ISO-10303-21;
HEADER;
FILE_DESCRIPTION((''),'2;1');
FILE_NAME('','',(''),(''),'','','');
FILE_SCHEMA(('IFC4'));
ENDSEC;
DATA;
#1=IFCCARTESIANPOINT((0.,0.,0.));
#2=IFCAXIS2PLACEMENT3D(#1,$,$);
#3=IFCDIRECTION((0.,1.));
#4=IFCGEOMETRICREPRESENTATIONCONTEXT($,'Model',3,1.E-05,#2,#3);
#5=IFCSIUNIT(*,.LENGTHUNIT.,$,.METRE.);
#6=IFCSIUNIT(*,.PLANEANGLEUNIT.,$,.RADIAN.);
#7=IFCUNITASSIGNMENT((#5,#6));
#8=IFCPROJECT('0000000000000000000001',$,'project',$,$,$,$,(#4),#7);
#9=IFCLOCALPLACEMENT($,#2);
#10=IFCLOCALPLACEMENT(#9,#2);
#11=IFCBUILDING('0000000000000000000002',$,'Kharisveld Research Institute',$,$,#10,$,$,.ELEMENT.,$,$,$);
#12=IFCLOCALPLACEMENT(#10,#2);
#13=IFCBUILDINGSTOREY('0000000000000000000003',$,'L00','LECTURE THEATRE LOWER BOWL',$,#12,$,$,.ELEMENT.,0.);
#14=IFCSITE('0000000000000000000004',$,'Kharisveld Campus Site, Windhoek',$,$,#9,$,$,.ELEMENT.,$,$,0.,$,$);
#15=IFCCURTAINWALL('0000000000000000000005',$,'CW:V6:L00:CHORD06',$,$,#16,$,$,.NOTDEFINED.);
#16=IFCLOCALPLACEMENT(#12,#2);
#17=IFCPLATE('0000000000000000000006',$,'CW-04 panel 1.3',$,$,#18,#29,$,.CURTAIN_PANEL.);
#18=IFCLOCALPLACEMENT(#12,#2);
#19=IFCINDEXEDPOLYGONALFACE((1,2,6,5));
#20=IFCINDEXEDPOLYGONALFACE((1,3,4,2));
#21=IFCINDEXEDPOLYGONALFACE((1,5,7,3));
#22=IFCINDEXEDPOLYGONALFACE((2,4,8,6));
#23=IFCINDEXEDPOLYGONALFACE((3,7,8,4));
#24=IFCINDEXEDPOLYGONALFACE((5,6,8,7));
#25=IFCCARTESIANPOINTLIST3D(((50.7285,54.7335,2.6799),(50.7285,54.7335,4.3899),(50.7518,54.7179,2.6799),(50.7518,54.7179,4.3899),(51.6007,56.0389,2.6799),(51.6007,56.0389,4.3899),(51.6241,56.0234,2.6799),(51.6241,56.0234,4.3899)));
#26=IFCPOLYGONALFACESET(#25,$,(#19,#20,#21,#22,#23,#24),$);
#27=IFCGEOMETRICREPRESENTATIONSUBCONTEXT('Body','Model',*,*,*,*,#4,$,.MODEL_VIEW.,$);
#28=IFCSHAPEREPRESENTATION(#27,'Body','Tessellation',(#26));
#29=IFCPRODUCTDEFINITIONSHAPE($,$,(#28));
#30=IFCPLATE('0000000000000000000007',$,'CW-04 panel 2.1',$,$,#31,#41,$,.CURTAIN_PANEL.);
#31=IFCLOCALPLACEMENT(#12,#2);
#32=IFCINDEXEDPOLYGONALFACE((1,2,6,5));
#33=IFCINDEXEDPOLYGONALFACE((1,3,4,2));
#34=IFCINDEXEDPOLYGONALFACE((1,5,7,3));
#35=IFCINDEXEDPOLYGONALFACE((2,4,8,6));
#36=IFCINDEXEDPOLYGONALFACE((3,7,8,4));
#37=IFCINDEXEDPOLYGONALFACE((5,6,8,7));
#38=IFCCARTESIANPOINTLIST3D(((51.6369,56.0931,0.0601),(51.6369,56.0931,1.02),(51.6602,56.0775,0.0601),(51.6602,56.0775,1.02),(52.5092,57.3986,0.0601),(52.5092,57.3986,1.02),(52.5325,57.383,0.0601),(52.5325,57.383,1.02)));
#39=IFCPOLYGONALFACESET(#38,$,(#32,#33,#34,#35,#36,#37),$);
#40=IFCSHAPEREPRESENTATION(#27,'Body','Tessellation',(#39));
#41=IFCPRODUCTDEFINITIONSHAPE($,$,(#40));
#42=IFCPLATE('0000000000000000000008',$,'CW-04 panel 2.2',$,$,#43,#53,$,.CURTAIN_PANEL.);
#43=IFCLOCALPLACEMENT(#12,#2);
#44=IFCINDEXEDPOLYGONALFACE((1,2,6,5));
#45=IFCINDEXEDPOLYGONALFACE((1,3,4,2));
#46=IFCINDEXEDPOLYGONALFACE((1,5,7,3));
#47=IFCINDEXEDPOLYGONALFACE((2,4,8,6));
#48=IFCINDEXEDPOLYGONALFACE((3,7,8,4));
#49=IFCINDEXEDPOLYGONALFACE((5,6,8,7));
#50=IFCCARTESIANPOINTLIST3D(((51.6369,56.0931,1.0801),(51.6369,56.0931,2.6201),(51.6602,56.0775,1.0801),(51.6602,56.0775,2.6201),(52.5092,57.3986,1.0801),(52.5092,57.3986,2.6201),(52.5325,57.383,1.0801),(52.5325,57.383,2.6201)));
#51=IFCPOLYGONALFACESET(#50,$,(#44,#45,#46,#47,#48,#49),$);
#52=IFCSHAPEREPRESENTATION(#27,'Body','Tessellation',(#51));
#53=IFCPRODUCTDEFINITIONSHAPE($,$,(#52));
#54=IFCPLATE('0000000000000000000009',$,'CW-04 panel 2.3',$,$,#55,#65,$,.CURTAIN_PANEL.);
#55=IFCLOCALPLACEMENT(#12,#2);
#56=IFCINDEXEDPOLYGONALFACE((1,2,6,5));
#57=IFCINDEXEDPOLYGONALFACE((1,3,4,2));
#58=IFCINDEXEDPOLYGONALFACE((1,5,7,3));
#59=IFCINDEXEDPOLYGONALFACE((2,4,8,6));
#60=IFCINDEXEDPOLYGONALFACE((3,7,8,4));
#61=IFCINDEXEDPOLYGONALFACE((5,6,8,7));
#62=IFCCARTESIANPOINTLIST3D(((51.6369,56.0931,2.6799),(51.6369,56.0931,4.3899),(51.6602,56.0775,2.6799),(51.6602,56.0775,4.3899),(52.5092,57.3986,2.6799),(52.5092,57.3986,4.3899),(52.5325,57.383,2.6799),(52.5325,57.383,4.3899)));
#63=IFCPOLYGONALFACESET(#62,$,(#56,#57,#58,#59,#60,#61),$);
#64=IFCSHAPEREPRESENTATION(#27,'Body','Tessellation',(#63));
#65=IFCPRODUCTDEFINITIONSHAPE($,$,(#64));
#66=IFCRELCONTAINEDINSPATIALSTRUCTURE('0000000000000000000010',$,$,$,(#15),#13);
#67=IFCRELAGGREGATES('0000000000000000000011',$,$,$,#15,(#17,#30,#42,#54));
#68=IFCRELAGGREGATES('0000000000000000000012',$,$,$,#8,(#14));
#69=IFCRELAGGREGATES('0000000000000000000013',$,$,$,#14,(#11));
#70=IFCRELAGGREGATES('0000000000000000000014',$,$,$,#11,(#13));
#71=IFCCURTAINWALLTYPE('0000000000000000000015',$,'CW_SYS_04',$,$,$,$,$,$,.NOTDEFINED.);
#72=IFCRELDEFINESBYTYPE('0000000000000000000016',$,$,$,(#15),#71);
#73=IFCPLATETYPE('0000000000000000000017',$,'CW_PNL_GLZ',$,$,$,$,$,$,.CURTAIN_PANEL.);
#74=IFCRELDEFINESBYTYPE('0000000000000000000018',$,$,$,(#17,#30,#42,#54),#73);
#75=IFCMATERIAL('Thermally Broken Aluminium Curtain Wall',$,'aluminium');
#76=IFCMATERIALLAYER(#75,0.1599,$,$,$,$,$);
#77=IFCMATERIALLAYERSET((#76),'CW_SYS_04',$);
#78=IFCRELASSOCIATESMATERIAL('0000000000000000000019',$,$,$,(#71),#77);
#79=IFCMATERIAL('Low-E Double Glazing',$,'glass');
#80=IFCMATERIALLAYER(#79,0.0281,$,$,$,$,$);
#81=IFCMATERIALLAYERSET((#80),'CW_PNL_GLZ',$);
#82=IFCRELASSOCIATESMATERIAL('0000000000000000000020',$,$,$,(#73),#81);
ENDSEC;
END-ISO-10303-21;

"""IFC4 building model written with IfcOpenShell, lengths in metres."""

from ifc_helpers import new_model, si_unit, direction, frame, origin, origin_2d, place, context, subcontext, project, spatial, rectangle, extrude, material, layer, layer_set, type_object, element, aggregate, save


model = new_model("IFC4")

# Units and contexts
model_context = context("Model", 3, precision=1e-05, world=origin(), true_north=direction((0.0, 1.0)))
body_context = subcontext(model_context, "Body", "Model", "MODEL_VIEW")
ifc_project = project(units=[si_unit("LENGTHUNIT", "METRE"), si_unit("PLANEANGLEUNIT", "RADIAN")], contexts=[model_context])

# Site, building, storey
site_placement = place(None, origin())
site = spatial("IfcSite", under=ifc_project, at=site_placement, Name="Kharisveld Campus Site, Windhoek", CompositionType="ELEMENT", RefElevation=0.0)
building_placement = place(site_placement, origin())
building = spatial("IfcBuilding", under=site, at=building_placement, Name="Kharisveld Research Institute", CompositionType="ELEMENT")
storey_placement = place(building_placement, origin())
storey = spatial("IfcBuildingStorey", under=building, at=storey_placement, Name="L00", Description="LECTURE THEATRE LOWER BOWL", CompositionType="ELEMENT", Elevation=0.0)

# Curtain wall
ifc_material_1 = material(Name="Thermally Broken Aluminium Curtain Wall", Category="aluminium")
ifc_layer_1 = layer(ifc_material_1, 0.1599)
ifc_layer_set_1 = layer_set([ifc_layer_1], Name="CW_SYS_04")
curtain_wall_type_1 = type_object("IfcCurtainWallType", Name="CW_SYS_04", PredefinedType="NOTDEFINED", material=ifc_layer_set_1)
curtain_wall_1_placement = place(storey_placement, origin())
curtain_wall_1 = element("IfcCurtainWall", 1, at=curtain_wall_1_placement, inside=storey, type_object=curtain_wall_type_1, Name="CW:V6:L00:CHORD06", PredefinedType="NOTDEFINED")

# Plates
ifc_material_2 = material(Name="Low-E Double Glazing", Category="glass")
ifc_layer_2 = layer(ifc_material_2, 0.0281)
ifc_layer_set_2 = layer_set([ifc_layer_2], Name="CW_PNL_GLZ")
plate_type = type_object("IfcPlateType", Name="CW_PNL_GLZ", PredefinedType="CURTAIN_PANEL", material=ifc_layer_set_2)
plate_1_placement = place(storey_placement, frame((51.1763, 55.3784, 2.6799), z_axis=(0.0, 0.0, 1.0), x_axis=(0.55557, 0.83147, 0.0)))
plate_1 = element("IfcPlate", 2, at=plate_1_placement, type_object=plate_type, Name="CW-04 panel 1.3", PredefinedType="CURTAIN_PANEL", context=body_context, shape_type="SweptSolid", body=[
    extrude(rectangle(XDim=1.5701, YDim=0.0281, at=origin_2d()), origin(), (0.0, 0.0, 1.0), 1.71),
])
plate_2_placement = place(storey_placement, frame((52.0847, 56.738, 0.0601), z_axis=(0.0, 0.0, 1.0), x_axis=(0.55557, 0.83147, 0.0)))
plate_2 = element("IfcPlate", 3, at=plate_2_placement, type_object=plate_type, Name="CW-04 panel 2.1", PredefinedType="CURTAIN_PANEL", context=body_context, shape_type="SweptSolid", body=[
    extrude(rectangle(XDim=1.5701, YDim=0.0281, at=origin_2d()), origin(), (0.0, 0.0, 1.0), 0.96),
])
plate_3_placement = place(storey_placement, frame((52.0847, 56.738, 1.0801), z_axis=(0.0, 0.0, 1.0), x_axis=(0.55557, 0.83147, 0.0)))
plate_3 = element("IfcPlate", 4, at=plate_3_placement, type_object=plate_type, Name="CW-04 panel 2.2", PredefinedType="CURTAIN_PANEL", context=body_context, shape_type="SweptSolid", body=[
    extrude(rectangle(XDim=1.5701, YDim=0.0281, at=origin_2d()), origin(), (0.0, 0.0, 1.0), 1.54),
])
plate_4_placement = place(storey_placement, frame((52.0847, 56.738, 2.6799), z_axis=(0.0, 0.0, 1.0), x_axis=(0.55557, 0.83147, 0.0)))
plate_4 = element("IfcPlate", 5, at=plate_4_placement, type_object=plate_type, Name="CW-04 panel 2.3", PredefinedType="CURTAIN_PANEL", context=body_context, shape_type="SweptSolid", body=[
    extrude(rectangle(XDim=1.5701, YDim=0.0281, at=origin_2d()), origin(), (0.0, 0.0, 1.0), 1.71),
])
aggregate(curtain_wall_1, [plate_1, plate_2, plate_3, plate_4])

save(model, "model.ifc")
